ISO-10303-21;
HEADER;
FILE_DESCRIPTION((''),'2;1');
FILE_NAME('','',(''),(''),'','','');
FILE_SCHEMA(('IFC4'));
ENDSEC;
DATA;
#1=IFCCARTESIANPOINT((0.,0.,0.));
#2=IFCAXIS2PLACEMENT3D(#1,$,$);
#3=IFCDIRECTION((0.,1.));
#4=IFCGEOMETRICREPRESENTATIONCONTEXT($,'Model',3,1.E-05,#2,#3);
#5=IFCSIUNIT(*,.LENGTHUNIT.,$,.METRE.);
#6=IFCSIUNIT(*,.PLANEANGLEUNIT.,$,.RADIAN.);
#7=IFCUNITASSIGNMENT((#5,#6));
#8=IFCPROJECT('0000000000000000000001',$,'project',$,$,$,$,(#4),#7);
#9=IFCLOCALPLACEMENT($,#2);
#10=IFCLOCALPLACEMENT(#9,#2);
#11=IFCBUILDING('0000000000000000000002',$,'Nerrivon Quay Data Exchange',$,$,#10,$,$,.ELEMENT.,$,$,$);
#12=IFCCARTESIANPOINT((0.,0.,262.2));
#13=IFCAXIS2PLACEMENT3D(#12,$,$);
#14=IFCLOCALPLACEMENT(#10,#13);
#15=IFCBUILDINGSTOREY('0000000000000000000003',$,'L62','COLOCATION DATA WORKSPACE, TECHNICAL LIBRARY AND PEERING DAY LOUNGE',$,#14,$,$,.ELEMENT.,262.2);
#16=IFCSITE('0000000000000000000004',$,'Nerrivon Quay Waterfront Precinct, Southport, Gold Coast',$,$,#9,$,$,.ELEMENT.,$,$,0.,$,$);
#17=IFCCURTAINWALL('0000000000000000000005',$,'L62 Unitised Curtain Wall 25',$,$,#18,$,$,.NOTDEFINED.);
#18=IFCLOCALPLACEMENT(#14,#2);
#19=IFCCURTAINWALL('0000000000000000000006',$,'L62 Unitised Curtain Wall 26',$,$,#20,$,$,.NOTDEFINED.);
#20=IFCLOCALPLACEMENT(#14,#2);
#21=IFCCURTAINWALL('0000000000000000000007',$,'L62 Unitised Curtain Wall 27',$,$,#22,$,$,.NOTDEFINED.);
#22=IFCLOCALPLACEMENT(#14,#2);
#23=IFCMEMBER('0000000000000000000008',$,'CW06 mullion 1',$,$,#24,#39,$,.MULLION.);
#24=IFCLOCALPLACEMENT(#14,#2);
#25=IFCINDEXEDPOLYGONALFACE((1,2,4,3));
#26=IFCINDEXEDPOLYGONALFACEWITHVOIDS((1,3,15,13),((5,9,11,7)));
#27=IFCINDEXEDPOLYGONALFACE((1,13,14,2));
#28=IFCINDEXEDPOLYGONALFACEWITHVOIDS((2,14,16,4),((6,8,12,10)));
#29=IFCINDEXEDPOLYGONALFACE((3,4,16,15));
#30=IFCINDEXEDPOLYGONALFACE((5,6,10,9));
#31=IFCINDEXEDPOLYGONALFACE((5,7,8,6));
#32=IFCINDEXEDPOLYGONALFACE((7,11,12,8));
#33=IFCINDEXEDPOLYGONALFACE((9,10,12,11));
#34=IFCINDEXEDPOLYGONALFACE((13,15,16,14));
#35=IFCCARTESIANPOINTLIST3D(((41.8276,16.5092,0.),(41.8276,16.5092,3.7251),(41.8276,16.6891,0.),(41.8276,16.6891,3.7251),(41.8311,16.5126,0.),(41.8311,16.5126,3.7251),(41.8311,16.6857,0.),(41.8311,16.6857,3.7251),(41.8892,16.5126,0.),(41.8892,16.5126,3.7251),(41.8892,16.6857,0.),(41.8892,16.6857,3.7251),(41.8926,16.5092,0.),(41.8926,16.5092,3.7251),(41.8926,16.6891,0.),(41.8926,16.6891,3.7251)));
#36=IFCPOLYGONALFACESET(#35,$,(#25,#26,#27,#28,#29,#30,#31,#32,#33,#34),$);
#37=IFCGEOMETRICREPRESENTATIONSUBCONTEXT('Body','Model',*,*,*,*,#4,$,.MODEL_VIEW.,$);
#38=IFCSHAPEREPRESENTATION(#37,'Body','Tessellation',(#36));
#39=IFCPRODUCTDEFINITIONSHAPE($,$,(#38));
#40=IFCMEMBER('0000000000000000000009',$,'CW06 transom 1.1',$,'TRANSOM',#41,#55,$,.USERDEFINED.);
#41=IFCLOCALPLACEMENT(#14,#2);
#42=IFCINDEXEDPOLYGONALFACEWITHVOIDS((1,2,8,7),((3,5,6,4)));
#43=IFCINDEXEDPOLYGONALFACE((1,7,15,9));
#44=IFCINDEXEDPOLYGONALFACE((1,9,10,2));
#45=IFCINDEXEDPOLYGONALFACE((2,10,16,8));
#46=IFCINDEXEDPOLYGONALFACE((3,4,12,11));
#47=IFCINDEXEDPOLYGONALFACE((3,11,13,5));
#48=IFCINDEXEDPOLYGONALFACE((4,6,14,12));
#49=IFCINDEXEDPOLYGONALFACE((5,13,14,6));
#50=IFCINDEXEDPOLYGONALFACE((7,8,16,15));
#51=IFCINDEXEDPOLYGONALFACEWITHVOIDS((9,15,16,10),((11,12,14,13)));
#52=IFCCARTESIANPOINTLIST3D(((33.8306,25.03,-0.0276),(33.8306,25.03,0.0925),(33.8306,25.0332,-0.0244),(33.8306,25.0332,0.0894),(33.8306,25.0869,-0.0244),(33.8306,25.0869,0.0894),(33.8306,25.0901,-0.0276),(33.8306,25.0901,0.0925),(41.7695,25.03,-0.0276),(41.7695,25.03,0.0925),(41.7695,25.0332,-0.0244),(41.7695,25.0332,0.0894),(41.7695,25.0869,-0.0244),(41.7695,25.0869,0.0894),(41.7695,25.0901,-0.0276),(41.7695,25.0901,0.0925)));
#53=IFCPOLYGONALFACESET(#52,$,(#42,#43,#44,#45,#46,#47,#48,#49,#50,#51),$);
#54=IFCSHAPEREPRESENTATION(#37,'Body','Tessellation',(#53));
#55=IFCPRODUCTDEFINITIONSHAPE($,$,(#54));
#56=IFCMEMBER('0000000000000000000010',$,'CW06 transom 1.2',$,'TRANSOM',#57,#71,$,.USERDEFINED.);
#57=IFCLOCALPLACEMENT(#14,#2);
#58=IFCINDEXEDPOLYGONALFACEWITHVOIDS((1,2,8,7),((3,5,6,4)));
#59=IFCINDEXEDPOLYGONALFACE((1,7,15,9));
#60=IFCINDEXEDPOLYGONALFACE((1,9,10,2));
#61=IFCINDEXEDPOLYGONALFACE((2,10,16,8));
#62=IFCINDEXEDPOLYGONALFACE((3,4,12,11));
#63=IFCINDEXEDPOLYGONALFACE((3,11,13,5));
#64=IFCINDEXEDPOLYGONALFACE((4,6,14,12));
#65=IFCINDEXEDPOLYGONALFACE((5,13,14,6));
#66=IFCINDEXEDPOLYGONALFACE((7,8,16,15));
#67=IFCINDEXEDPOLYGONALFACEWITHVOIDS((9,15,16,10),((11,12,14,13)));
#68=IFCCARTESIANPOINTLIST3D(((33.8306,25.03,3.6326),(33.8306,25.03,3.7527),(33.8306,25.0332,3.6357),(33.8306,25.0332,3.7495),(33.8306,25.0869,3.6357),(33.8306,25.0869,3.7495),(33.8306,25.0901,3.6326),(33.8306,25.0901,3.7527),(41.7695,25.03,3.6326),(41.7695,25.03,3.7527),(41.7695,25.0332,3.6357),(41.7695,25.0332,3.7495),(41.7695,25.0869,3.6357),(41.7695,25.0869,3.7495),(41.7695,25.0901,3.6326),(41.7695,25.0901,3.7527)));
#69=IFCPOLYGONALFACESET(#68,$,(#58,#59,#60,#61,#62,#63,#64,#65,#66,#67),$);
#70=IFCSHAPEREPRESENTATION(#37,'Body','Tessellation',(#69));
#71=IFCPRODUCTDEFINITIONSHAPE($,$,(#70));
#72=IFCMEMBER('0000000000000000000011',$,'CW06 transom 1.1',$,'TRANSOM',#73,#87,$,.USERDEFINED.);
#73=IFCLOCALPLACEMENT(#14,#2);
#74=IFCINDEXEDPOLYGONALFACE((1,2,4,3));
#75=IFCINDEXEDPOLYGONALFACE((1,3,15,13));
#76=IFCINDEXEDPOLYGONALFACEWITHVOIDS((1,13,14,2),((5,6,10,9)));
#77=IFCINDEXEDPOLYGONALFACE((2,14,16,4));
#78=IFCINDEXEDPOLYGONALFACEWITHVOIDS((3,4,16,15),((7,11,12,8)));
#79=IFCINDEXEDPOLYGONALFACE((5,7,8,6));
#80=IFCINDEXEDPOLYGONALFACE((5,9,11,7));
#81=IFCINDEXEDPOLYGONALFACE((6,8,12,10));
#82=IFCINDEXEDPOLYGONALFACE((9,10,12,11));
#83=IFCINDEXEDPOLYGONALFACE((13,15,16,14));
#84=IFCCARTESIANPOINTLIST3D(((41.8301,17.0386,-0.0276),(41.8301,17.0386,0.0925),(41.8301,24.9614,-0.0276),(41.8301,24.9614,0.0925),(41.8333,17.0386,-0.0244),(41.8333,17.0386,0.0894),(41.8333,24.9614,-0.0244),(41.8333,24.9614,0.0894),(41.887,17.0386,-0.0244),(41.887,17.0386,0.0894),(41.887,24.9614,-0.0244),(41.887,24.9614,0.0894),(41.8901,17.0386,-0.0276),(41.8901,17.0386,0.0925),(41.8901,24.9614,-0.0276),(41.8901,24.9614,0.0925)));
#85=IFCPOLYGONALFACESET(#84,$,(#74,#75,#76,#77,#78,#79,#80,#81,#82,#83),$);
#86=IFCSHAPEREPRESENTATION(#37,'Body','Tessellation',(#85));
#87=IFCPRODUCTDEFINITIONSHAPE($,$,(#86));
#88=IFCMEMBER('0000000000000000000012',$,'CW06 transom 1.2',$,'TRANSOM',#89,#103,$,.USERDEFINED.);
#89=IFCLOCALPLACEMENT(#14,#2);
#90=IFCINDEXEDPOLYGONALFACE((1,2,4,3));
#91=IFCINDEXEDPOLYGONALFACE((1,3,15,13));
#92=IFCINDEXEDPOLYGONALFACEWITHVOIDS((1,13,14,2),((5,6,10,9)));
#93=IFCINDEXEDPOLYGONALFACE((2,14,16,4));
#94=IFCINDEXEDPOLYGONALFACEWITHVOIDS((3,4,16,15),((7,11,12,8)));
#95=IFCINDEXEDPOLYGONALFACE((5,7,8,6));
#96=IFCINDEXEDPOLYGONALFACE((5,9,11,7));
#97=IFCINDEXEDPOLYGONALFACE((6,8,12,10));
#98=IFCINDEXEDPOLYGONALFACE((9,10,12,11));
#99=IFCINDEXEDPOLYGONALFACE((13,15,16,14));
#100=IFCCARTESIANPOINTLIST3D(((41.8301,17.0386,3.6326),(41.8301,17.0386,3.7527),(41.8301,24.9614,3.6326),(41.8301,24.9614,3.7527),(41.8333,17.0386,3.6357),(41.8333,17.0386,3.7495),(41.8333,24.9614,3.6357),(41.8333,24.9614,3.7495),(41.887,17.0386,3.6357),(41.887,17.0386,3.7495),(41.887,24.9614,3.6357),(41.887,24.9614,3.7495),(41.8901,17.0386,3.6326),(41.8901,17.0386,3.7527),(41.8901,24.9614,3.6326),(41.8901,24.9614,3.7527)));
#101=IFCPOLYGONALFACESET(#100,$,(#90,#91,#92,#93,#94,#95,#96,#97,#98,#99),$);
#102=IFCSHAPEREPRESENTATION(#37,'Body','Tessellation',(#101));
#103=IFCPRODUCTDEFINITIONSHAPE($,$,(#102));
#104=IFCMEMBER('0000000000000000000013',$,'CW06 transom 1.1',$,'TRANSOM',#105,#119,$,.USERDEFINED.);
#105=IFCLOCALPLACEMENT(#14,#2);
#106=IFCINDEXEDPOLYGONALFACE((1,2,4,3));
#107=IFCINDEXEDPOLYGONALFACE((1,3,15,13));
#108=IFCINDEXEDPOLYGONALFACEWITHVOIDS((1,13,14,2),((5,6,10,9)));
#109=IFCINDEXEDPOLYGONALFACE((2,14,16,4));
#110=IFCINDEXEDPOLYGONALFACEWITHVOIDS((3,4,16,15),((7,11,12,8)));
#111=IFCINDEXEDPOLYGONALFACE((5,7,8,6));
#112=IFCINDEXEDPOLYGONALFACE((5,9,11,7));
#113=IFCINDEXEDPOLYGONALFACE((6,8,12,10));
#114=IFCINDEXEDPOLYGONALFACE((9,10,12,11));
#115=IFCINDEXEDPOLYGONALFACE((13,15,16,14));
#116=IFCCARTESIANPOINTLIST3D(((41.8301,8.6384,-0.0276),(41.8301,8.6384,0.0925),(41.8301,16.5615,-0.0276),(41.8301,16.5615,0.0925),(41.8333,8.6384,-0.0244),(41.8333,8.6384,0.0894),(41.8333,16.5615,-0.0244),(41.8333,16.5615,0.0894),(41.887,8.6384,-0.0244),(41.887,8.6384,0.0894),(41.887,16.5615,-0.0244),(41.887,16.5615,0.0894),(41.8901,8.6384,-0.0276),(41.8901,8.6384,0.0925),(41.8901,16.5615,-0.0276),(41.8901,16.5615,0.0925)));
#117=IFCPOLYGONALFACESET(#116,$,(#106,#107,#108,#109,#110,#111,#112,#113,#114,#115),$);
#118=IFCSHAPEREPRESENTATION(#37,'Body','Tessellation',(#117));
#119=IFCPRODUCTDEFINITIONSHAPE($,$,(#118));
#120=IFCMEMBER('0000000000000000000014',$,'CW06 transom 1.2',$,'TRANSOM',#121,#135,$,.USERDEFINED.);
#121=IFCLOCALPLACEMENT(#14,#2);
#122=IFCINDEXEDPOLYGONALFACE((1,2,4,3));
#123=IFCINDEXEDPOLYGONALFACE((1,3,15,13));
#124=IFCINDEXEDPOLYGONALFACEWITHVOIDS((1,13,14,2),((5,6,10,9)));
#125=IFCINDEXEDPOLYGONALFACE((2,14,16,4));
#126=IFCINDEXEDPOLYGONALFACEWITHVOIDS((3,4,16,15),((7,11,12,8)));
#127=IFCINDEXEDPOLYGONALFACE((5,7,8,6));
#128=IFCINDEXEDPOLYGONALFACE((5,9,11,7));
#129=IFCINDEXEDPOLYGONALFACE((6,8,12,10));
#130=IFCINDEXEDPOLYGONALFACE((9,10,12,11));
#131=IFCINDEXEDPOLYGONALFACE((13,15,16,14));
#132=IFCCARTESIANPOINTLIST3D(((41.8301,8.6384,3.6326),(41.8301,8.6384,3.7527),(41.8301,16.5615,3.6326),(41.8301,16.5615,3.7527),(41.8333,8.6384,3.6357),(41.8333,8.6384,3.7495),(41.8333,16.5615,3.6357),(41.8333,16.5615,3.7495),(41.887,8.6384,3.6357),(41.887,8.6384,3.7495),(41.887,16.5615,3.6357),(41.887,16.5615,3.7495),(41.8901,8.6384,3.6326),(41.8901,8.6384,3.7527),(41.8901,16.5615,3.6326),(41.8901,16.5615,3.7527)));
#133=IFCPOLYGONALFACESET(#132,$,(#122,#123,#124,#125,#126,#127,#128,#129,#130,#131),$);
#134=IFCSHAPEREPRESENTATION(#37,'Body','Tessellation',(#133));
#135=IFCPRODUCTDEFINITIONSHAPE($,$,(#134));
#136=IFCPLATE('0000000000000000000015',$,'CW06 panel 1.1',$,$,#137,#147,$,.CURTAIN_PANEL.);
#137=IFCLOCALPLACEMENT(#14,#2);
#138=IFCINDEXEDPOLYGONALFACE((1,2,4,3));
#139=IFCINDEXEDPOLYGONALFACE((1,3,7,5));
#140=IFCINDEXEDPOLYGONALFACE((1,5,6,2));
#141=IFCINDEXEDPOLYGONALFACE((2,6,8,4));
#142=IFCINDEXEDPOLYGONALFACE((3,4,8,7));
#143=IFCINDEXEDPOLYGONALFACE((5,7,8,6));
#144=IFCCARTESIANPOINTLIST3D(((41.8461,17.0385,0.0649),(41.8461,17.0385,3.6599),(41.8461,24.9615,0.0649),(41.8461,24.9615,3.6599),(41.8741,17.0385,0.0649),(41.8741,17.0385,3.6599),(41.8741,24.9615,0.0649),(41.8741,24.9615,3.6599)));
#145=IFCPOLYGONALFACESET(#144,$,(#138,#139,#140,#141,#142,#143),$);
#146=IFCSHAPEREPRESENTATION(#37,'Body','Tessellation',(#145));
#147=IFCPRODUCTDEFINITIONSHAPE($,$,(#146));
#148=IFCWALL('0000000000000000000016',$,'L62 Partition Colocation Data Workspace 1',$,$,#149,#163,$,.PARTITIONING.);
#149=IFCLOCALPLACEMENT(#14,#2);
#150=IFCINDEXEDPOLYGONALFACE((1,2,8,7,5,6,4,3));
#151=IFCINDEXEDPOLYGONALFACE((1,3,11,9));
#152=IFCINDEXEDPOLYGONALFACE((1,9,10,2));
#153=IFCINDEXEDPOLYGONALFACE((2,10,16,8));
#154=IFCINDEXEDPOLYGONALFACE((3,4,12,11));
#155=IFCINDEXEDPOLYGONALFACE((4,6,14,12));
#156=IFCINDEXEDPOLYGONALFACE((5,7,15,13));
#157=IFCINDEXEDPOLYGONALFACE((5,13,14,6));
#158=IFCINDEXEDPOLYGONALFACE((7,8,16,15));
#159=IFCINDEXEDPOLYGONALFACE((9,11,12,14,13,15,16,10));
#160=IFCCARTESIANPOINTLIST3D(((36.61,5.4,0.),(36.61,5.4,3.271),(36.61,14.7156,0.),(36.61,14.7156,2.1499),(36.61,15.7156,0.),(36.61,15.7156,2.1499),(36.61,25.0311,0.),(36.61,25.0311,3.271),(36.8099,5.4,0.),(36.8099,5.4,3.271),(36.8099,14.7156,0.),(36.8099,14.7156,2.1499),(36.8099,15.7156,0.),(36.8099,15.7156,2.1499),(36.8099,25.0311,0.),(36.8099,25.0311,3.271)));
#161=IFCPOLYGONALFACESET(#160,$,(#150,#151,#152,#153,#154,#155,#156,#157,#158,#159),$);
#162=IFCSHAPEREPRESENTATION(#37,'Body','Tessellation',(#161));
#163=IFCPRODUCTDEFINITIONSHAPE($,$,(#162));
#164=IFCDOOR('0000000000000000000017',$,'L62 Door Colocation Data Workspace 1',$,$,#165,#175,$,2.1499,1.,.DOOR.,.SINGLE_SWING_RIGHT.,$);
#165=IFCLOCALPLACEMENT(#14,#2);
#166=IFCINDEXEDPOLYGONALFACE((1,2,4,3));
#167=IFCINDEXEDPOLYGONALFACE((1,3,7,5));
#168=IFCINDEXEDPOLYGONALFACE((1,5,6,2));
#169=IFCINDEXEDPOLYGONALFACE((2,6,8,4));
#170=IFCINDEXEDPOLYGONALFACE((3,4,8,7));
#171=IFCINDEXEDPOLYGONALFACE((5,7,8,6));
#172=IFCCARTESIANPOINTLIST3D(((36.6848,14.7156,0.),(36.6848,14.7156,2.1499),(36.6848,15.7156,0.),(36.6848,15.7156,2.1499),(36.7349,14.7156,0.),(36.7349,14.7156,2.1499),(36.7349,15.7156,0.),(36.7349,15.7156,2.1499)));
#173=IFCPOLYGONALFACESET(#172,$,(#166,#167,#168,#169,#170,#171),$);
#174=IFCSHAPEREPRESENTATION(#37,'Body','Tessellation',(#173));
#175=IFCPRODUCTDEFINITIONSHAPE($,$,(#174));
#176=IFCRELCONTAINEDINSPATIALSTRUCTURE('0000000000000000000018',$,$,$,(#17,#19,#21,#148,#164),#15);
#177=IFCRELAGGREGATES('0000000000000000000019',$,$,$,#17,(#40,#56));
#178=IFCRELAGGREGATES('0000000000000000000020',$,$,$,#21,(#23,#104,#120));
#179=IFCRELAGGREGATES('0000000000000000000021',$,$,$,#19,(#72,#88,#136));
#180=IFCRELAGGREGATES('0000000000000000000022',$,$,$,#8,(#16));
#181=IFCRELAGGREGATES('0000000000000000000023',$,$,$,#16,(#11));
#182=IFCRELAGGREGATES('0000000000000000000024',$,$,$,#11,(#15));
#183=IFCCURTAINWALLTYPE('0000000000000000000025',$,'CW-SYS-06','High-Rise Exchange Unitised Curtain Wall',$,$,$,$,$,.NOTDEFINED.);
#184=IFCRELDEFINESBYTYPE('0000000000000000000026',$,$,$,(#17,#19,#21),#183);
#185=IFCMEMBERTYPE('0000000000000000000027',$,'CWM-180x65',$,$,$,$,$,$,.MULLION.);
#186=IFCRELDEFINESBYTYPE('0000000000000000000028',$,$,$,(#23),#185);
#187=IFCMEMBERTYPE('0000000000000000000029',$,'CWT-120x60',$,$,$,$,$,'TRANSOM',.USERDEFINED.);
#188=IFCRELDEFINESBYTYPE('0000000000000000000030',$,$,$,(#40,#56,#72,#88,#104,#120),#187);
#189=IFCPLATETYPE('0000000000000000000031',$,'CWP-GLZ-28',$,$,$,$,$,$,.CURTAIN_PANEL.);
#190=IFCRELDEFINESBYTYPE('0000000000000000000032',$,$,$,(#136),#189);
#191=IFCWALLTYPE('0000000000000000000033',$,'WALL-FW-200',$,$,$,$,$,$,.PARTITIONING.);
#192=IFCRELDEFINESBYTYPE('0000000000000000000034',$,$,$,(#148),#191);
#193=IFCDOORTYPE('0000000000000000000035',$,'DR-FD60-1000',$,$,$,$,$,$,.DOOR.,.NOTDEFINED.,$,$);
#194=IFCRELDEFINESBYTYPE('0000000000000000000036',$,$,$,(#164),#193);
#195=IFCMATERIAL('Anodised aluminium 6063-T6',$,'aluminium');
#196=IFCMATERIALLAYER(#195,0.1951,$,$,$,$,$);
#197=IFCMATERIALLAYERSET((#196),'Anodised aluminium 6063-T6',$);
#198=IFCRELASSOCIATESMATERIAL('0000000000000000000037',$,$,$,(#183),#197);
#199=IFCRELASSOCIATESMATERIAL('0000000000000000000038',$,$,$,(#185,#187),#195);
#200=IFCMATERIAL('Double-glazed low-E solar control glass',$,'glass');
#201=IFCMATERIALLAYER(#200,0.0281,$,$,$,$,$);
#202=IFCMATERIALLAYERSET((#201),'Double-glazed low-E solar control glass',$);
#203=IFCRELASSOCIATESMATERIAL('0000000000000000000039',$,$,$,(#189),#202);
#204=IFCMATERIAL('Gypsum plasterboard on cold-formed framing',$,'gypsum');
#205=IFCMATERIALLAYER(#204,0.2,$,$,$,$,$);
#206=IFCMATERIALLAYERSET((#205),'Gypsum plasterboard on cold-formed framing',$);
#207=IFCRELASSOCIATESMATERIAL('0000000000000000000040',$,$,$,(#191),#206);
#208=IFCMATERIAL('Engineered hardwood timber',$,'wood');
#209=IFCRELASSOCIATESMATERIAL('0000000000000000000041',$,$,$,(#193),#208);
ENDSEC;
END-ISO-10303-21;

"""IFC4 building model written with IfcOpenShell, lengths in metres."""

from ifc_helpers import new_model, si_unit, direction, frame, frame_2d, origin, origin_2d, place, context, subcontext, project, spatial, rectangle, hollow_rectangle, extrude, material, layer, layer_set, material_profile, profile_set, type_object, element, fill, aggregate, save


model = new_model("IFC4")

# Units and contexts
model_context = context("Model", 3, precision=1e-05, world=origin(), true_north=direction((0.0, 1.0)))
body_context = subcontext(model_context, "Body", "Model", "MODEL_VIEW")
ifc_project = project(units=[si_unit("LENGTHUNIT", "METRE"), si_unit("PLANEANGLEUNIT", "RADIAN")], contexts=[model_context])

# Site, building, storey
site_placement = place(None, origin())
site = spatial("IfcSite", under=ifc_project, at=site_placement, Name="Nerrivon Quay Waterfront Precinct, Southport, Gold Coast", CompositionType="ELEMENT", RefElevation=0.0)
building_placement = place(site_placement, origin())
building = spatial("IfcBuilding", under=site, at=building_placement, Name="Nerrivon Quay Data Exchange", CompositionType="ELEMENT")
storey_placement = place(building_placement, frame((0.0, 0.0, 262.2)))
storey = spatial("IfcBuildingStorey", under=building, at=storey_placement, Name="L62", Description="COLOCATION DATA WORKSPACE, TECHNICAL LIBRARY AND PEERING DAY LOUNGE", CompositionType="ELEMENT", Elevation=262.2)

# Curtain wall
ifc_material_1 = material(Name="Anodised aluminium 6063-T6", Category="aluminium")
ifc_layer_1 = layer(ifc_material_1, 0.1951)
ifc_layer_set_1 = layer_set([ifc_layer_1], Name="Anodised aluminium 6063-T6")
curtain_wall_type = type_object("IfcCurtainWallType", Name="CW-SYS-06", Description="High-Rise Exchange Unitised Curtain Wall", PredefinedType="NOTDEFINED", material=ifc_layer_set_1)
ifc_material_profile_1 = material_profile(ifc_material_1, hollow_rectangle(XDim=0.0649, YDim=0.1799, WallThickness=0.0034, at=origin_2d()), Name="ALU-MULL-180x65")
ifc_profile_set_1 = profile_set([ifc_material_profile_1], Name="Anodised aluminium 6063-T6")
member_type_1 = type_object("IfcMemberType", Name="CWM-180x65", PredefinedType="MULLION", material=ifc_profile_set_1)
curtain_wall_1_placement = place(storey_placement, origin())
curtain_wall_1 = element("IfcCurtainWall", 1, at=curtain_wall_1_placement, inside=storey, type_object=curtain_wall_type, Name="L62 Unitised Curtain Wall 25", PredefinedType="NOTDEFINED")

# Curtain wall
curtain_wall_2_placement = place(storey_placement, origin())
curtain_wall_2 = element("IfcCurtainWall", 2, at=curtain_wall_2_placement, inside=storey, type_object=curtain_wall_type, Name="L62 Unitised Curtain Wall 26", PredefinedType="NOTDEFINED")

# Curtain wall, member
curtain_wall_3_placement = place(storey_placement, origin())
curtain_wall_3 = element("IfcCurtainWall", 3, at=curtain_wall_3_placement, inside=storey, type_object=curtain_wall_type, Name="L62 Unitised Curtain Wall 27", PredefinedType="NOTDEFINED")
member_1_placement = place(storey_placement, frame((41.8601, 16.5991, 0.0), z_axis=(0.0, 0.0, 1.0), x_axis=(1.0, 0.0, 0.0)))
member_1 = element("IfcMember", 4, at=member_1_placement, type_object=member_type_1, Name="CW06 mullion 1", PredefinedType="MULLION", context=body_context, shape_type="SweptSolid", body=[
    extrude(hollow_rectangle(XDim=0.0649, YDim=0.1799, WallThickness=0.0034, at=origin_2d()), origin(), (0.0, 0.0, 1.0), 3.7251),
])

# Members
ifc_material_profile_2 = material_profile(ifc_material_1, hollow_rectangle(XDim=0.0601, YDim=0.1201, WallThickness=0.0032, at=origin_2d()), Name="ALU-TRAN-120x60")
ifc_profile_set_2 = profile_set([ifc_material_profile_2], Name="Anodised aluminium 6063-T6")
member_type_2 = type_object("IfcMemberType", Name="CWT-120x60", ElementType="TRANSOM", PredefinedType="USERDEFINED", material=ifc_profile_set_2)
member_2_placement = place(storey_placement, frame((33.8306, 25.0601, 0.0325), z_axis=(1.0, 0.0, 0.0), x_axis=(0.0, 1.0, 0.0)))
member_2 = element("IfcMember", 5, at=member_2_placement, type_object=member_type_2, Name="CW06 transom 1.1", ObjectType="TRANSOM", PredefinedType="USERDEFINED", context=body_context, shape_type="SweptSolid", body=[
    extrude(hollow_rectangle(XDim=0.0601, YDim=0.1201, WallThickness=0.0032, at=origin_2d()), origin(), (0.0, 0.0, 1.0), 7.939),
])
member_3_placement = place(storey_placement, frame((33.8306, 25.0601, 3.6926), z_axis=(1.0, 0.0, 0.0), x_axis=(0.0, 1.0, 0.0)))
member_3 = element("IfcMember", 6, at=member_3_placement, type_object=member_type_2, Name="CW06 transom 1.2", ObjectType="TRANSOM", PredefinedType="USERDEFINED", context=body_context, shape_type="SweptSolid", body=[
    extrude(hollow_rectangle(XDim=0.0601, YDim=0.1201, WallThickness=0.0032, at=origin_2d()), origin(), (0.0, 0.0, 1.0), 7.939),
])
aggregate(curtain_wall_1, [member_2, member_3])
member_4_placement = place(storey_placement, frame((41.8601, 24.9614, 0.0325), z_axis=(0.0, -1.0, 0.0), x_axis=(1.0, 0.0, 0.0)))
member_4 = element("IfcMember", 7, at=member_4_placement, type_object=member_type_2, Name="CW06 transom 1.1", ObjectType="TRANSOM", PredefinedType="USERDEFINED", context=body_context, shape_type="SweptSolid", body=[
    extrude(hollow_rectangle(XDim=0.0601, YDim=0.1201, WallThickness=0.0032, at=origin_2d()), origin(), (0.0, 0.0, 1.0), 7.9229),
])
member_5_placement = place(storey_placement, frame((41.8601, 24.9614, 3.6926), z_axis=(0.0, -1.0, 0.0), x_axis=(1.0, 0.0, 0.0)))
member_5 = element("IfcMember", 8, at=member_5_placement, type_object=member_type_2, Name="CW06 transom 1.2", ObjectType="TRANSOM", PredefinedType="USERDEFINED", context=body_context, shape_type="SweptSolid", body=[
    extrude(hollow_rectangle(XDim=0.0601, YDim=0.1201, WallThickness=0.0032, at=origin_2d()), origin(), (0.0, 0.0, 1.0), 7.9229),
])
member_6_placement = place(storey_placement, frame((41.8601, 16.5615, 0.0325), z_axis=(0.0, -1.0, 0.0), x_axis=(1.0, 0.0, 0.0)))
member_6 = element("IfcMember", 9, at=member_6_placement, type_object=member_type_2, Name="CW06 transom 1.1", ObjectType="TRANSOM", PredefinedType="USERDEFINED", context=body_context, shape_type="SweptSolid", body=[
    extrude(hollow_rectangle(XDim=0.0601, YDim=0.1201, WallThickness=0.0032, at=origin_2d()), origin(), (0.0, 0.0, 1.0), 7.9231),
])
member_7_placement = place(storey_placement, frame((41.8601, 16.5615, 3.6926), z_axis=(0.0, -1.0, 0.0), x_axis=(1.0, 0.0, 0.0)))
member_7 = element("IfcMember", 10, at=member_7_placement, type_object=member_type_2, Name="CW06 transom 1.2", ObjectType="TRANSOM", PredefinedType="USERDEFINED", context=body_context, shape_type="SweptSolid", body=[
    extrude(hollow_rectangle(XDim=0.0601, YDim=0.1201, WallThickness=0.0032, at=origin_2d()), origin(), (0.0, 0.0, 1.0), 7.9231),
])
aggregate(curtain_wall_3, [member_1, member_6, member_7])

# Plate
ifc_material_2 = material(Name="Double-glazed low-E solar control glass", Category="glass")
ifc_layer_2 = layer(ifc_material_2, 0.0281)
ifc_layer_set_2 = layer_set([ifc_layer_2], Name="Double-glazed low-E solar control glass")
plate_type = type_object("IfcPlateType", Name="CWP-GLZ-28", PredefinedType="CURTAIN_PANEL", material=ifc_layer_set_2)
plate_placement = place(storey_placement, frame((41.8601, 21.0, 0.0649), z_axis=(0.0, 0.0, 1.0), x_axis=(0.0, -1.0, 0.0)))
plate = element("IfcPlate", 11, at=plate_placement, type_object=plate_type, Name="CW06 panel 1.1", PredefinedType="CURTAIN_PANEL", context=body_context, shape_type="SweptSolid", body=[
    extrude(rectangle(XDim=7.9231, YDim=0.0281, at=origin_2d()), origin(), (0.0, 0.0, 1.0), 3.595),
])
aggregate(curtain_wall_2, [member_4, member_5, plate])

# Wall, opening, door
ifc_material_3 = material(Name="Gypsum plasterboard on cold-formed framing", Category="gypsum")
ifc_layer_3 = layer(ifc_material_3, 0.2)
ifc_layer_set_3 = layer_set([ifc_layer_3], Name="Gypsum plasterboard on cold-formed framing")
wall_type_1 = type_object("IfcWallType", Name="WALL-FW-200", PredefinedType="PARTITIONING", material=ifc_layer_set_3)
wall_1_placement = place(storey_placement, frame((36.71, 25.031, 0.0), z_axis=(0.0, 0.0, 1.0), x_axis=(0.0, -1.0, 0.0)))
wall_1 = element("IfcWall", 12, at=wall_1_placement, inside=storey, type_object=wall_type_1, Name="L62 Partition Colocation Data Workspace 1", PredefinedType="PARTITIONING", context=body_context, shape_type="SweptSolid", body=[
    extrude(rectangle(XDim=19.6311, YDim=0.2, at=frame_2d((9.8154, 0.0))), origin(), (0.0, 0.0, 1.0), 3.271),
])
opening_1_placement = place(wall_1_placement, frame((9.3154, 0.0, 0.0)))
opening_1 = element("IfcOpeningElement", 13, at=opening_1_placement, cuts=wall_1, PredefinedType="OPENING", context=body_context, shape_type="SweptSolid", body=[
    extrude(rectangle(XDim=1.0, YDim=2.1499, at=frame_2d((0.5, 1.075))), frame((0.0, 0.1099, 0.0), z_axis=(0.0, -1.0, 0.0), x_axis=(1.0, 0.0, 0.0)), (0.0, 0.0, 1.0), 0.22),
])
ifc_material_4 = material(Name="Engineered hardwood timber", Category="wood")
door_type_1 = type_object("IfcDoorType", Name="DR-FD60-1000", OperationType="NOTDEFINED", PredefinedType="DOOR", material=ifc_material_4)
door_1_placement = place(opening_1_placement, origin())
door_1 = element("IfcDoor", 14, at=door_1_placement, inside=storey, type_object=door_type_1, Name="L62 Door Colocation Data Workspace 1", OperationType="SINGLE_SWING_RIGHT", OverallHeight=2.1499, OverallWidth=1.0, PredefinedType="DOOR", context=body_context, shape_type="SweptSolid", body=[
    extrude(rectangle(XDim=1.0, YDim=2.1499, at=frame_2d((0.5, 1.075))), frame((0.0, 0.0249, 0.0), z_axis=(0.0, -1.0, 0.0), x_axis=(1.0, 0.0, 0.0)), (0.0, 0.0, 1.0), 0.05),
])
fill(opening_1, door_1)

save(model, "model.ifc")
